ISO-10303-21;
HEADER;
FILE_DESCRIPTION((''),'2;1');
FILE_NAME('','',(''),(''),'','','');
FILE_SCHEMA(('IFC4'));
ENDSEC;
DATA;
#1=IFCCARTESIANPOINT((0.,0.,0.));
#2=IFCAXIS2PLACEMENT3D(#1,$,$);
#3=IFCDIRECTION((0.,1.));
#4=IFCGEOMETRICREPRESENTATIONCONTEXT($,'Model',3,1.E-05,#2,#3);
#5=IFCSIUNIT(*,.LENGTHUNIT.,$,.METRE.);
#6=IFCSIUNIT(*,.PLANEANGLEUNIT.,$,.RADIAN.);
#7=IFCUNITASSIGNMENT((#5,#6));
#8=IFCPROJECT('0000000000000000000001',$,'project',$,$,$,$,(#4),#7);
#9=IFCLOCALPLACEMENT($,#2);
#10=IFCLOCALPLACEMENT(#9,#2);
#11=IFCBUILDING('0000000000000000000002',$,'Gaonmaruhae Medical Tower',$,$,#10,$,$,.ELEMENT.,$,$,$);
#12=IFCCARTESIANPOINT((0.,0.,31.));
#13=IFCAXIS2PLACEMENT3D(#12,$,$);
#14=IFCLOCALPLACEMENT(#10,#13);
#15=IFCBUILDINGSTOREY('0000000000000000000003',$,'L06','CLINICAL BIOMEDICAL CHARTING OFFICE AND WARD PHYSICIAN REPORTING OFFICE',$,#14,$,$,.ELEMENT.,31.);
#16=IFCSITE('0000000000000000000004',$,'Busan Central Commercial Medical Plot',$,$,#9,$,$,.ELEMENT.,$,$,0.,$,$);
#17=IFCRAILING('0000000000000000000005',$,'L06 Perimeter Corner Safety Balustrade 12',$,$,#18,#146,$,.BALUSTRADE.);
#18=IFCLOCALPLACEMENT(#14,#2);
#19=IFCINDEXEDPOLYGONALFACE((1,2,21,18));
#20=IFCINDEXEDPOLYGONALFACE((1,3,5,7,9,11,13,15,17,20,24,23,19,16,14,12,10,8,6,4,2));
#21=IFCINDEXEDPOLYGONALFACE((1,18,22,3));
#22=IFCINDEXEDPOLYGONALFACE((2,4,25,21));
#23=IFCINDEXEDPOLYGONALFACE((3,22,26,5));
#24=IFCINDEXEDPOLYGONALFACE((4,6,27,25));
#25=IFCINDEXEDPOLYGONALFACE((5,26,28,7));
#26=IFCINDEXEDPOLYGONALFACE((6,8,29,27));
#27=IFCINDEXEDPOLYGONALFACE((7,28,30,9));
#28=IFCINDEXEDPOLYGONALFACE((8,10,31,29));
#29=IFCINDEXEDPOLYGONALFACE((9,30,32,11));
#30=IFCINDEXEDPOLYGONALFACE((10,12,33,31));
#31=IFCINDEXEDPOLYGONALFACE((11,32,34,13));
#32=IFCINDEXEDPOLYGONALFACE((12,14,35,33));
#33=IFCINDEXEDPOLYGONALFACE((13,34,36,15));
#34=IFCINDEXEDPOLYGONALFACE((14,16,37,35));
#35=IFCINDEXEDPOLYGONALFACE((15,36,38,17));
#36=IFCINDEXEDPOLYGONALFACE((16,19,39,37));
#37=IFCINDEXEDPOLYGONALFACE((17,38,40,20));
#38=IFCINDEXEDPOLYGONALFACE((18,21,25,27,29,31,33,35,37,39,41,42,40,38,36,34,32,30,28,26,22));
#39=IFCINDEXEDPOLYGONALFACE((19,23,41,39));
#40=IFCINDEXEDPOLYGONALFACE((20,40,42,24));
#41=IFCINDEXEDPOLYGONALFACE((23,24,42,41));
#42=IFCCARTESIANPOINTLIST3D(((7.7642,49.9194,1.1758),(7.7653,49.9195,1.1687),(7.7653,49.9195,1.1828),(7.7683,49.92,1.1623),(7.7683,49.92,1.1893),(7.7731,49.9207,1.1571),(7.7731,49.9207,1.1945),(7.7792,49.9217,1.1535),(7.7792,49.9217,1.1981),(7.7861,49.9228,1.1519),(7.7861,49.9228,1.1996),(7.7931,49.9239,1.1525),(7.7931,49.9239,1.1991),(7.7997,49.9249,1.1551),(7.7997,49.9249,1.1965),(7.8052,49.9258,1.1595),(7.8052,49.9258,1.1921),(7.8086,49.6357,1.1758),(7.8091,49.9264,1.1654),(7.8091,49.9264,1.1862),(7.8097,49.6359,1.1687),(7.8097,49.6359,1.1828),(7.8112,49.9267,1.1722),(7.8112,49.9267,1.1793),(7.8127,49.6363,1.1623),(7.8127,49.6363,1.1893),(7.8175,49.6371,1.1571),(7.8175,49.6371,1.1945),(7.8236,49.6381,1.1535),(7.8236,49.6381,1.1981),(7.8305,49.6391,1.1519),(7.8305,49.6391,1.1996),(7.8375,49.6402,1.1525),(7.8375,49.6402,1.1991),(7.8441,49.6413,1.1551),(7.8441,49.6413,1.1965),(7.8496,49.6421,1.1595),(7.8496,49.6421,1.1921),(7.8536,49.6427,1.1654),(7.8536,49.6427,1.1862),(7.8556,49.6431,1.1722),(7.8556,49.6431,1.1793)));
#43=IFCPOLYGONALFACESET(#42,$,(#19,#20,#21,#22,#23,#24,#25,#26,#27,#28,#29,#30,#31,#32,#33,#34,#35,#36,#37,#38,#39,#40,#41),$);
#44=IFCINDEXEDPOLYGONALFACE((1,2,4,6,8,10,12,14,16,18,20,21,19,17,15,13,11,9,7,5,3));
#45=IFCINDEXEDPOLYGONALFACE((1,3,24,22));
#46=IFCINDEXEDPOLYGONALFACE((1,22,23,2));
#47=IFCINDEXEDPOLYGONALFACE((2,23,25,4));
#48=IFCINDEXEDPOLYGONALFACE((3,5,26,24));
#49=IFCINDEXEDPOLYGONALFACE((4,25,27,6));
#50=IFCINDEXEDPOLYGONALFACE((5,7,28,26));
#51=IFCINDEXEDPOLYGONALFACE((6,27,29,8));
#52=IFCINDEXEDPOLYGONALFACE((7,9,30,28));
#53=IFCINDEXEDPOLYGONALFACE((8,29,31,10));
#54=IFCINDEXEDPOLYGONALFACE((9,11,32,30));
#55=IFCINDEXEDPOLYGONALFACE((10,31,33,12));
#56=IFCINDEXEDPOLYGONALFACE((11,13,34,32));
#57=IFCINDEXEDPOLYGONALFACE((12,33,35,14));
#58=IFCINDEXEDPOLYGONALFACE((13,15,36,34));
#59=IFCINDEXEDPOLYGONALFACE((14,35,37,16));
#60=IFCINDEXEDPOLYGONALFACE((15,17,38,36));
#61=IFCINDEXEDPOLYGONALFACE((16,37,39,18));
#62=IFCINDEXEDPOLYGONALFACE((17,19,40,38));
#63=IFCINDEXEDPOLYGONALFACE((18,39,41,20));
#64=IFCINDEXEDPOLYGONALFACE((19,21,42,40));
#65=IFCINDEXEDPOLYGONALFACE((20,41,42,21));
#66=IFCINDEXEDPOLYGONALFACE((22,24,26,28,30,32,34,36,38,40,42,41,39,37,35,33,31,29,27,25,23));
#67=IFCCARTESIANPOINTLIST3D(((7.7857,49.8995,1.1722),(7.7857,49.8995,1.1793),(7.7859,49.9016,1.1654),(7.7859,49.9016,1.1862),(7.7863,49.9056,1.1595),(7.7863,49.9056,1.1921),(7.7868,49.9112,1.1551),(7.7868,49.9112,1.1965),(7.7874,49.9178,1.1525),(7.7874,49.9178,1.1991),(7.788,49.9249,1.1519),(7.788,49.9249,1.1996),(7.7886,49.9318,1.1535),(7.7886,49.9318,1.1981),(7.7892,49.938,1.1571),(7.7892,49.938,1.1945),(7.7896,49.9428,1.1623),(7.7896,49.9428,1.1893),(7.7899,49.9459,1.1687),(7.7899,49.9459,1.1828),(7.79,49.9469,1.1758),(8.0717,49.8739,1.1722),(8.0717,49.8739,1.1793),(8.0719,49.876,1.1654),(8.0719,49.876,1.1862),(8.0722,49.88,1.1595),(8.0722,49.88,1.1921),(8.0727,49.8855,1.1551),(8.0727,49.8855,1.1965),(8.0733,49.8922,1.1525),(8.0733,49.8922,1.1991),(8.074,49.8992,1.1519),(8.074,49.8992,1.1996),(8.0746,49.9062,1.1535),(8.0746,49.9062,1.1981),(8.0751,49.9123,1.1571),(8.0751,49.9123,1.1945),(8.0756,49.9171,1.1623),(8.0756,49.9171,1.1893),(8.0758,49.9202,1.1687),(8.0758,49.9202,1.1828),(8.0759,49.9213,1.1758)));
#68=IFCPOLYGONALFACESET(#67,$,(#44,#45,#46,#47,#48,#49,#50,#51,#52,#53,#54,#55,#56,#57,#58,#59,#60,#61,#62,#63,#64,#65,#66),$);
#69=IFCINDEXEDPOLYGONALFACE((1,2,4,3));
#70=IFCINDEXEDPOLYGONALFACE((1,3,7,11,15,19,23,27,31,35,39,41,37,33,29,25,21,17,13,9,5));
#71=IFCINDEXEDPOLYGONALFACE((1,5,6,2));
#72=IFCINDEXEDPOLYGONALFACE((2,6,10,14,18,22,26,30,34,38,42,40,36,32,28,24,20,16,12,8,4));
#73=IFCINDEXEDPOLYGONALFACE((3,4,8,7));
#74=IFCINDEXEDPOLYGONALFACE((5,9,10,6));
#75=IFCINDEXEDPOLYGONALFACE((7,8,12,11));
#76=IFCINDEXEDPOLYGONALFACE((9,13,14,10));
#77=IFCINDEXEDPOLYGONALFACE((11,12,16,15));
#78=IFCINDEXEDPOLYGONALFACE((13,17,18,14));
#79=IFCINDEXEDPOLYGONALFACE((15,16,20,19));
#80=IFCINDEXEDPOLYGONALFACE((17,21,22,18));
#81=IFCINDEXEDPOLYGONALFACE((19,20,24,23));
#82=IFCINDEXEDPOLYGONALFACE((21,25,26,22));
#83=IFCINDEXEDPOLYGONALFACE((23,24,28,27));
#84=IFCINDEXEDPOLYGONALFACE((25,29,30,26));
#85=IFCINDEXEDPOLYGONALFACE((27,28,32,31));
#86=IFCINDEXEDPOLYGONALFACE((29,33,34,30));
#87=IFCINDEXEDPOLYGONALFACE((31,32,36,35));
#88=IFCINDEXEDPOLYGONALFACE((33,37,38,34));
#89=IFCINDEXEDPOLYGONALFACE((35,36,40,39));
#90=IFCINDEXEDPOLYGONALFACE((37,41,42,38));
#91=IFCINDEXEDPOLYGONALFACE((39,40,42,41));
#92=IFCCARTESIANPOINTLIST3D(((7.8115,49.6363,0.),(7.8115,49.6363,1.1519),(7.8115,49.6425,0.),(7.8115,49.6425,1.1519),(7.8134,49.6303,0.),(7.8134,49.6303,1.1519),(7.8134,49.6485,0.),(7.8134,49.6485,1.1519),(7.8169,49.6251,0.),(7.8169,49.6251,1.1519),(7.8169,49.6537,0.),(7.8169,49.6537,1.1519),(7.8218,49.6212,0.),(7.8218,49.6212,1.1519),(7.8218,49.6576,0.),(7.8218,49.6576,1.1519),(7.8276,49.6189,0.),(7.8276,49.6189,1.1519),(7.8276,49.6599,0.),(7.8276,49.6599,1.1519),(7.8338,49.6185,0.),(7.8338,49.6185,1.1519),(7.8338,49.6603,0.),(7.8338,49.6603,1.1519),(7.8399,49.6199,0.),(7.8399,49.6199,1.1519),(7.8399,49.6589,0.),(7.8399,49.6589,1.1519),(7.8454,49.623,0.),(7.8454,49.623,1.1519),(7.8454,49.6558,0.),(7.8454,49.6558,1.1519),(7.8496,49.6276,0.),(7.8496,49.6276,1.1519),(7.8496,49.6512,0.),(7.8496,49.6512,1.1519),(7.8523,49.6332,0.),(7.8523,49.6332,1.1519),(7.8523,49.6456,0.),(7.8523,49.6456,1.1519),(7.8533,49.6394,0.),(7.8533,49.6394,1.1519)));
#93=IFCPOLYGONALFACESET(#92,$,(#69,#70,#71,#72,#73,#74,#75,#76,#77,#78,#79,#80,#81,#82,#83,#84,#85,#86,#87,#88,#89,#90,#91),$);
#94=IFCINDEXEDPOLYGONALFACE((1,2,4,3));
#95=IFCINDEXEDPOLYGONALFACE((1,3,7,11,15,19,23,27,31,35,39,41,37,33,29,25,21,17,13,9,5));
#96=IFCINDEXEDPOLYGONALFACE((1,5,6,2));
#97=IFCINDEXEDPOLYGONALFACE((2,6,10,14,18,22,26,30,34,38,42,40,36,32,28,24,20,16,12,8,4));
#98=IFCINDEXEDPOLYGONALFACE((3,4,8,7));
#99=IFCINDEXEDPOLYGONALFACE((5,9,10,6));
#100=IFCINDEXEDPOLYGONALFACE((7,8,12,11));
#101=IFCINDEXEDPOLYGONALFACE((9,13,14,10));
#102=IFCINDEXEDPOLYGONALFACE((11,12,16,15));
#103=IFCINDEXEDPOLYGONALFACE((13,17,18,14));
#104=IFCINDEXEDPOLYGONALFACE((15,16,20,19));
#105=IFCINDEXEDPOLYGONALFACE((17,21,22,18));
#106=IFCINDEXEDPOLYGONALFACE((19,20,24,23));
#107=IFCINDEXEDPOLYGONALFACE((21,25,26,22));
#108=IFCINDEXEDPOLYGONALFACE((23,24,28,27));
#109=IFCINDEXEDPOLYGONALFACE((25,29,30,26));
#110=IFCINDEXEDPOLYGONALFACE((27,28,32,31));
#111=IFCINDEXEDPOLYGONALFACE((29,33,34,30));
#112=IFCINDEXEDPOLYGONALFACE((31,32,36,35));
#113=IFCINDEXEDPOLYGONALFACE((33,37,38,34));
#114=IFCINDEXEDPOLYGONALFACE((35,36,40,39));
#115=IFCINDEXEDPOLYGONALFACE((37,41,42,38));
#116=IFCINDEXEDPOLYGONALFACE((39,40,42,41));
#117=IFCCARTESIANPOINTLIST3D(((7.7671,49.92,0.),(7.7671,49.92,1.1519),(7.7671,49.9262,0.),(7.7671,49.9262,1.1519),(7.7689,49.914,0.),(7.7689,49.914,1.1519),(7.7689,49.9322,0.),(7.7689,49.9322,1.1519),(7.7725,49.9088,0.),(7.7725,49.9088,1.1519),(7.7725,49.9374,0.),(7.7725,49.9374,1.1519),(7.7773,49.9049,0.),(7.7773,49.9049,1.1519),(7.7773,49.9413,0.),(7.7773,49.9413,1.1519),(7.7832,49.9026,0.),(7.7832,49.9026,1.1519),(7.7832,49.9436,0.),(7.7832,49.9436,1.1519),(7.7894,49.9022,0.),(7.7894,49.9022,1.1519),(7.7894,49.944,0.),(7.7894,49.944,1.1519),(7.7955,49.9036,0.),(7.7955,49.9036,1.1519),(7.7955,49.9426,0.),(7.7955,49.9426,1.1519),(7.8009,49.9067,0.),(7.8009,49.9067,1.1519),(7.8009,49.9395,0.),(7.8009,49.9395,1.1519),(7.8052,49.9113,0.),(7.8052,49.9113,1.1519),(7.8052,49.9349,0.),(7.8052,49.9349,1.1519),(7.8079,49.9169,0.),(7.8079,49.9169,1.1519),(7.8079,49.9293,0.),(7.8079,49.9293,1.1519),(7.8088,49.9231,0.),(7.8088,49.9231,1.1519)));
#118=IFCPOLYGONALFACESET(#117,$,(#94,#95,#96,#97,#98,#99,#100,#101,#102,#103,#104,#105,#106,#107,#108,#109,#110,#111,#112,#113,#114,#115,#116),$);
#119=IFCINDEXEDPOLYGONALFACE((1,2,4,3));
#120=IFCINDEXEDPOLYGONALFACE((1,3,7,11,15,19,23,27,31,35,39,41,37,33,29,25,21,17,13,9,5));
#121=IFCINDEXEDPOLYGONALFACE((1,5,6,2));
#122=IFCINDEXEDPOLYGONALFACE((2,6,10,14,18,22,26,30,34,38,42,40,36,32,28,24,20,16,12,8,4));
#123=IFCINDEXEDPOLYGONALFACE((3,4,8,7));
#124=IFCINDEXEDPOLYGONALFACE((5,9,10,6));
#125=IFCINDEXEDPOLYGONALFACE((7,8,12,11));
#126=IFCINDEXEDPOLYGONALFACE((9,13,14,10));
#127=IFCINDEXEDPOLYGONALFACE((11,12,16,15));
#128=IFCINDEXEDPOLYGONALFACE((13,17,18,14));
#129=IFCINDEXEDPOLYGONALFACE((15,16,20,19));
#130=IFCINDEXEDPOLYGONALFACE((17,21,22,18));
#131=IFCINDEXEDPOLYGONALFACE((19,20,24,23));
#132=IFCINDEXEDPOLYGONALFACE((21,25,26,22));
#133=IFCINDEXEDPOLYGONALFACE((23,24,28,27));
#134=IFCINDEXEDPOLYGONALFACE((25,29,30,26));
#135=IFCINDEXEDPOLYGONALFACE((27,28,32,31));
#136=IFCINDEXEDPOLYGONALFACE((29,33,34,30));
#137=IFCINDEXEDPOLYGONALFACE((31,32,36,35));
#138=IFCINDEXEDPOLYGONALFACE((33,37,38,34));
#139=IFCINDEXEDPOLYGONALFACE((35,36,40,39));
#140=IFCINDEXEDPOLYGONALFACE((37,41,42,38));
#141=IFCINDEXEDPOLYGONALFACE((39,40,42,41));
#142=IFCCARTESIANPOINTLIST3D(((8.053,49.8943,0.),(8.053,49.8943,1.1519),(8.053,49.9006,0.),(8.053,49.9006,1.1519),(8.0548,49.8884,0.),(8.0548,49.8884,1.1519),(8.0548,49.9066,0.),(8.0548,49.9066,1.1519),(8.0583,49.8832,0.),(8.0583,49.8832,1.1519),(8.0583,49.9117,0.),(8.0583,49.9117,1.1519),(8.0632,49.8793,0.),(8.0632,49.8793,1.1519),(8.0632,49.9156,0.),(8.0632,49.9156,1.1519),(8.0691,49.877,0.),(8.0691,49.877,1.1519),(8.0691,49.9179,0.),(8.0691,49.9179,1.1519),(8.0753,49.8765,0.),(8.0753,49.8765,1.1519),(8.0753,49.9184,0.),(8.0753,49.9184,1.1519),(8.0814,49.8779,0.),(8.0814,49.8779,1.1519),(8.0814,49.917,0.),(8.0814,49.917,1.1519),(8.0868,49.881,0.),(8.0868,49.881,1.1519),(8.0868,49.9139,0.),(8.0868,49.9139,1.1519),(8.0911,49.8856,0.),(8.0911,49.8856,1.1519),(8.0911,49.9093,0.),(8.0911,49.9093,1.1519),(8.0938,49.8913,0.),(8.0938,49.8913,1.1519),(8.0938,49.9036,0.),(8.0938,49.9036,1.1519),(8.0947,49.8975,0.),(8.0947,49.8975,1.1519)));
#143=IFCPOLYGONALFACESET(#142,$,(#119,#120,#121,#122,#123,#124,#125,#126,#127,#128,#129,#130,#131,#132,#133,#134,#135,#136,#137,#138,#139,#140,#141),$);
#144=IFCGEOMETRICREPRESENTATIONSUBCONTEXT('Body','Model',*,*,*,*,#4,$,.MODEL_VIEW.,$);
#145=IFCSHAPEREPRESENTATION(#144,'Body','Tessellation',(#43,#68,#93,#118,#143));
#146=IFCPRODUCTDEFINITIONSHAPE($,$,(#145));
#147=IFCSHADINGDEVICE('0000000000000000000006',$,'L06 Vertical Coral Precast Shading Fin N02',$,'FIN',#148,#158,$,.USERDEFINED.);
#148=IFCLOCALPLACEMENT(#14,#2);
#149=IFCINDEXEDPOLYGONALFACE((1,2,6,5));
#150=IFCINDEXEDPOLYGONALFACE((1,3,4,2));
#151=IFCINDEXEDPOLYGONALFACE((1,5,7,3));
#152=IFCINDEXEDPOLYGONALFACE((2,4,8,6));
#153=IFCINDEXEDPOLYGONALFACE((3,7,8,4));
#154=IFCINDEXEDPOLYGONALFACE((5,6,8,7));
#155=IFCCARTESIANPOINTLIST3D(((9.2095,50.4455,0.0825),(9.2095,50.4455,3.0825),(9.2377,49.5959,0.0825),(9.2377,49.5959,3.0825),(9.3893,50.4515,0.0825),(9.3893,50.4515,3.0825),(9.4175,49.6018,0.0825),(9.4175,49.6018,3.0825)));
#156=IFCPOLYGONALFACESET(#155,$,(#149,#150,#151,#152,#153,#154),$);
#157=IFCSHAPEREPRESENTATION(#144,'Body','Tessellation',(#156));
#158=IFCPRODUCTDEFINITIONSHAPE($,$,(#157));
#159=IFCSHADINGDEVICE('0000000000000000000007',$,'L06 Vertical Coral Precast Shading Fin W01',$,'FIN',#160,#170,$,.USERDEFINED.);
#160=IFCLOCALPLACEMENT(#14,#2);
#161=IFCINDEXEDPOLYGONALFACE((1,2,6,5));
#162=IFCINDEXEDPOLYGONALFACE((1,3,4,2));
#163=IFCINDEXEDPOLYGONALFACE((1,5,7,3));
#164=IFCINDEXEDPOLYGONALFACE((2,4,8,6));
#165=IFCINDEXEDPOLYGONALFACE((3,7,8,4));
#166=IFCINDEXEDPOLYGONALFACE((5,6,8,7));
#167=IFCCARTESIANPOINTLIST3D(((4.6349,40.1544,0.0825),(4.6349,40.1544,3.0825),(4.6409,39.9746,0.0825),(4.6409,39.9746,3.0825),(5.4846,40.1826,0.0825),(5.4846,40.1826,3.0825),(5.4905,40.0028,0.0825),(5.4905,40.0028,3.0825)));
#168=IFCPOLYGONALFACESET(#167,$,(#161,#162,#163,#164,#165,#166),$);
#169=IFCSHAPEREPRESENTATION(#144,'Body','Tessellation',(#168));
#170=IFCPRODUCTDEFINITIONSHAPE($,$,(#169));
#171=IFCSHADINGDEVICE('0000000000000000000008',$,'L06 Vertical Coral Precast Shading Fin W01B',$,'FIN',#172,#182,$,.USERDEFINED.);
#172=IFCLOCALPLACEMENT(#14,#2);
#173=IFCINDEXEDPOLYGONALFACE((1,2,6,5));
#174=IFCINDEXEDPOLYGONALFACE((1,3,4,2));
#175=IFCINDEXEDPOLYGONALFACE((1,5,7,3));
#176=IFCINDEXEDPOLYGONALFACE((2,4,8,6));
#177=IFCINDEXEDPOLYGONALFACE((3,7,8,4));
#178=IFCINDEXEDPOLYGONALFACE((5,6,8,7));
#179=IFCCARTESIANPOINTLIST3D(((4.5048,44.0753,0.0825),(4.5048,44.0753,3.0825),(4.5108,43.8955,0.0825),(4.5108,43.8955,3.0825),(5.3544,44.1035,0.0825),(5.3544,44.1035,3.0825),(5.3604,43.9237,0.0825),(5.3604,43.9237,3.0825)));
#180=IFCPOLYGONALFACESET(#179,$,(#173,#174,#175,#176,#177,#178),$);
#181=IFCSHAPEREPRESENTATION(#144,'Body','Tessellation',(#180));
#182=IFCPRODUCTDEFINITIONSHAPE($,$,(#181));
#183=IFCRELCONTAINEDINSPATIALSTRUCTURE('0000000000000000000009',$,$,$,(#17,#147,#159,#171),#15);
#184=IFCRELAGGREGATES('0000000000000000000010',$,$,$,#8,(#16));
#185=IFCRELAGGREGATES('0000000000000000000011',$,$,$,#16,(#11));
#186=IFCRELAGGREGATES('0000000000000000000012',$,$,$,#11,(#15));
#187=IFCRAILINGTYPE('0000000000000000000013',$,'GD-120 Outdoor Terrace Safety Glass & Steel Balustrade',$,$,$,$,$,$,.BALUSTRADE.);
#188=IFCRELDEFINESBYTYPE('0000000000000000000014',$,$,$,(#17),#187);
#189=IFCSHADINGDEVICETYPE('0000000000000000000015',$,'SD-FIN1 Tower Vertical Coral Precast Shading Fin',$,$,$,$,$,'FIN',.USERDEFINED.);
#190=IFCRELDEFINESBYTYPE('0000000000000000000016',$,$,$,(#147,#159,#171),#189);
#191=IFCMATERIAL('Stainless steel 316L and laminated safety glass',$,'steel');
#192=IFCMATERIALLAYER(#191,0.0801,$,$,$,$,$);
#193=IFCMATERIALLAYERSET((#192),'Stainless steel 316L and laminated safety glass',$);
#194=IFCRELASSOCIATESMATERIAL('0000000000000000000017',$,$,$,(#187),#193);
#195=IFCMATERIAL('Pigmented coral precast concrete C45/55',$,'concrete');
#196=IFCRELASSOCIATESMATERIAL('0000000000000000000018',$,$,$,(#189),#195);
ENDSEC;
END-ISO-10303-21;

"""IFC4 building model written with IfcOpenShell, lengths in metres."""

from ifc_helpers import new_model, si_unit, direction, frame, origin, origin_2d, place, context, subcontext, project, spatial, rectangle, circle, extrude, material, layer, layer_set, type_object, element, save


model = new_model("IFC4")

# Units and contexts
model_context = context("Model", 3, precision=1e-05, world=origin(), true_north=direction((0.0, 1.0)))
body_context = subcontext(model_context, "Body", "Model", "MODEL_VIEW")
ifc_project = project(units=[si_unit("LENGTHUNIT", "METRE"), si_unit("PLANEANGLEUNIT", "RADIAN")], contexts=[model_context])

# Site, building, storey
site_placement = place(None, origin())
site = spatial("IfcSite", under=ifc_project, at=site_placement, Name="Busan Central Commercial Medical Plot", CompositionType="ELEMENT", RefElevation=0.0)
building_placement = place(site_placement, origin())
building = spatial("IfcBuilding", under=site, at=building_placement, Name="Gaonmaruhae Medical Tower", CompositionType="ELEMENT")
storey_placement = place(building_placement, frame((0.0, 0.0, 31.0)))
storey = spatial("IfcBuildingStorey", under=building, at=storey_placement, Name="L06", Description="CLINICAL BIOMEDICAL CHARTING OFFICE AND WARD PHYSICIAN REPORTING OFFICE", CompositionType="ELEMENT", Elevation=31.0)

# Railing
ifc_material_1 = material(Name="Stainless steel 316L and laminated safety glass", Category="steel")
ifc_layer_1 = layer(ifc_material_1, 0.0801)
ifc_layer_set_1 = layer_set([ifc_layer_1], Name="Stainless steel 316L and laminated safety glass")
railing_type = type_object("IfcRailingType", Name="GD-120 Outdoor Terrace Safety Glass & Steel Balustrade", PredefinedType="BALUSTRADE", material=ifc_layer_set_1)
railing_1_placement = place(storey_placement, frame((7.8323, 49.6394, 0.0)))
element("IfcRailing", 1, at=railing_1_placement, inside=storey, type_object=railing_type, Name="L06 Perimeter Corner Safety Balustrade 12", PredefinedType="BALUSTRADE", context=body_context, shape_type="SweptSolid", body=[
    extrude(circle(Radius=0.0239, at=origin_2d()), frame((0.0, 0.0, 1.1758), z_axis=(-0.15474, 0.987955, 0.0), x_axis=(-0.987955, -0.15474, 0.0)), (0.0, 0.0, 1.0), 0.2871),
    extrude(circle(Radius=0.0239, at=origin_2d()), frame((-0.0444, 0.2837, 1.1758), z_axis=(0.996004, -0.089309, 0.0), x_axis=(0.089309, 0.996004, 0.0)), (0.0, 0.0, 1.0), 0.2871),
    extrude(circle(Radius=0.021, at=origin_2d()), origin(), (0.0, 0.0, 1.0), 1.1519),
    extrude(circle(Radius=0.021, at=origin_2d()), frame((-0.0444, 0.2837, 0.0)), (0.0, 0.0, 1.0), 1.1519),
    extrude(circle(Radius=0.021, at=origin_2d()), frame((0.2415, 0.2581, 0.0)), (0.0, 0.0, 1.0), 1.1519),
])

# Shading devices
ifc_material_2 = material(Name="Pigmented coral precast concrete C45/55", Category="concrete")
shading_device_type = type_object("IfcShadingDeviceType", Name="SD-FIN1 Tower Vertical Coral Precast Shading Fin", ElementType="FIN", PredefinedType="USERDEFINED", material=ifc_material_2)
for number, where, z_axis, x_axis, name in (
    (2, (9.3135, 50.0237, 0.0825), (0.0, 0.0, 1.0), (0.99945, 0.033155, 0.0), "L06 Vertical Coral Precast Shading Fin N02"),
    (3, (5.0627, 40.0786, 0.0825), (0.0, 0.0, 1.0), (-0.033155, 0.99945, 0.0), "L06 Vertical Coral Precast Shading Fin W01"),
    (4, (4.9326, 43.9995, 0.0825), (0.0, 0.0, 1.0), (-0.033155, 0.99945, 0.0), "L06 Vertical Coral Precast Shading Fin W01B"),
):
    element("IfcShadingDevice", number, at=place(storey_placement, frame(where, z_axis=z_axis, x_axis=x_axis)), inside=storey, type_object=shading_device_type, Name=name, ObjectType="FIN", PredefinedType="USERDEFINED", context=body_context, shape_type="SweptSolid", body=[
        extrude(rectangle(XDim=0.1799, YDim=0.8501, at=origin_2d()), origin(), (0.0, 0.0, 1.0), 3.0),
    ])

save(model, "model.ifc")
